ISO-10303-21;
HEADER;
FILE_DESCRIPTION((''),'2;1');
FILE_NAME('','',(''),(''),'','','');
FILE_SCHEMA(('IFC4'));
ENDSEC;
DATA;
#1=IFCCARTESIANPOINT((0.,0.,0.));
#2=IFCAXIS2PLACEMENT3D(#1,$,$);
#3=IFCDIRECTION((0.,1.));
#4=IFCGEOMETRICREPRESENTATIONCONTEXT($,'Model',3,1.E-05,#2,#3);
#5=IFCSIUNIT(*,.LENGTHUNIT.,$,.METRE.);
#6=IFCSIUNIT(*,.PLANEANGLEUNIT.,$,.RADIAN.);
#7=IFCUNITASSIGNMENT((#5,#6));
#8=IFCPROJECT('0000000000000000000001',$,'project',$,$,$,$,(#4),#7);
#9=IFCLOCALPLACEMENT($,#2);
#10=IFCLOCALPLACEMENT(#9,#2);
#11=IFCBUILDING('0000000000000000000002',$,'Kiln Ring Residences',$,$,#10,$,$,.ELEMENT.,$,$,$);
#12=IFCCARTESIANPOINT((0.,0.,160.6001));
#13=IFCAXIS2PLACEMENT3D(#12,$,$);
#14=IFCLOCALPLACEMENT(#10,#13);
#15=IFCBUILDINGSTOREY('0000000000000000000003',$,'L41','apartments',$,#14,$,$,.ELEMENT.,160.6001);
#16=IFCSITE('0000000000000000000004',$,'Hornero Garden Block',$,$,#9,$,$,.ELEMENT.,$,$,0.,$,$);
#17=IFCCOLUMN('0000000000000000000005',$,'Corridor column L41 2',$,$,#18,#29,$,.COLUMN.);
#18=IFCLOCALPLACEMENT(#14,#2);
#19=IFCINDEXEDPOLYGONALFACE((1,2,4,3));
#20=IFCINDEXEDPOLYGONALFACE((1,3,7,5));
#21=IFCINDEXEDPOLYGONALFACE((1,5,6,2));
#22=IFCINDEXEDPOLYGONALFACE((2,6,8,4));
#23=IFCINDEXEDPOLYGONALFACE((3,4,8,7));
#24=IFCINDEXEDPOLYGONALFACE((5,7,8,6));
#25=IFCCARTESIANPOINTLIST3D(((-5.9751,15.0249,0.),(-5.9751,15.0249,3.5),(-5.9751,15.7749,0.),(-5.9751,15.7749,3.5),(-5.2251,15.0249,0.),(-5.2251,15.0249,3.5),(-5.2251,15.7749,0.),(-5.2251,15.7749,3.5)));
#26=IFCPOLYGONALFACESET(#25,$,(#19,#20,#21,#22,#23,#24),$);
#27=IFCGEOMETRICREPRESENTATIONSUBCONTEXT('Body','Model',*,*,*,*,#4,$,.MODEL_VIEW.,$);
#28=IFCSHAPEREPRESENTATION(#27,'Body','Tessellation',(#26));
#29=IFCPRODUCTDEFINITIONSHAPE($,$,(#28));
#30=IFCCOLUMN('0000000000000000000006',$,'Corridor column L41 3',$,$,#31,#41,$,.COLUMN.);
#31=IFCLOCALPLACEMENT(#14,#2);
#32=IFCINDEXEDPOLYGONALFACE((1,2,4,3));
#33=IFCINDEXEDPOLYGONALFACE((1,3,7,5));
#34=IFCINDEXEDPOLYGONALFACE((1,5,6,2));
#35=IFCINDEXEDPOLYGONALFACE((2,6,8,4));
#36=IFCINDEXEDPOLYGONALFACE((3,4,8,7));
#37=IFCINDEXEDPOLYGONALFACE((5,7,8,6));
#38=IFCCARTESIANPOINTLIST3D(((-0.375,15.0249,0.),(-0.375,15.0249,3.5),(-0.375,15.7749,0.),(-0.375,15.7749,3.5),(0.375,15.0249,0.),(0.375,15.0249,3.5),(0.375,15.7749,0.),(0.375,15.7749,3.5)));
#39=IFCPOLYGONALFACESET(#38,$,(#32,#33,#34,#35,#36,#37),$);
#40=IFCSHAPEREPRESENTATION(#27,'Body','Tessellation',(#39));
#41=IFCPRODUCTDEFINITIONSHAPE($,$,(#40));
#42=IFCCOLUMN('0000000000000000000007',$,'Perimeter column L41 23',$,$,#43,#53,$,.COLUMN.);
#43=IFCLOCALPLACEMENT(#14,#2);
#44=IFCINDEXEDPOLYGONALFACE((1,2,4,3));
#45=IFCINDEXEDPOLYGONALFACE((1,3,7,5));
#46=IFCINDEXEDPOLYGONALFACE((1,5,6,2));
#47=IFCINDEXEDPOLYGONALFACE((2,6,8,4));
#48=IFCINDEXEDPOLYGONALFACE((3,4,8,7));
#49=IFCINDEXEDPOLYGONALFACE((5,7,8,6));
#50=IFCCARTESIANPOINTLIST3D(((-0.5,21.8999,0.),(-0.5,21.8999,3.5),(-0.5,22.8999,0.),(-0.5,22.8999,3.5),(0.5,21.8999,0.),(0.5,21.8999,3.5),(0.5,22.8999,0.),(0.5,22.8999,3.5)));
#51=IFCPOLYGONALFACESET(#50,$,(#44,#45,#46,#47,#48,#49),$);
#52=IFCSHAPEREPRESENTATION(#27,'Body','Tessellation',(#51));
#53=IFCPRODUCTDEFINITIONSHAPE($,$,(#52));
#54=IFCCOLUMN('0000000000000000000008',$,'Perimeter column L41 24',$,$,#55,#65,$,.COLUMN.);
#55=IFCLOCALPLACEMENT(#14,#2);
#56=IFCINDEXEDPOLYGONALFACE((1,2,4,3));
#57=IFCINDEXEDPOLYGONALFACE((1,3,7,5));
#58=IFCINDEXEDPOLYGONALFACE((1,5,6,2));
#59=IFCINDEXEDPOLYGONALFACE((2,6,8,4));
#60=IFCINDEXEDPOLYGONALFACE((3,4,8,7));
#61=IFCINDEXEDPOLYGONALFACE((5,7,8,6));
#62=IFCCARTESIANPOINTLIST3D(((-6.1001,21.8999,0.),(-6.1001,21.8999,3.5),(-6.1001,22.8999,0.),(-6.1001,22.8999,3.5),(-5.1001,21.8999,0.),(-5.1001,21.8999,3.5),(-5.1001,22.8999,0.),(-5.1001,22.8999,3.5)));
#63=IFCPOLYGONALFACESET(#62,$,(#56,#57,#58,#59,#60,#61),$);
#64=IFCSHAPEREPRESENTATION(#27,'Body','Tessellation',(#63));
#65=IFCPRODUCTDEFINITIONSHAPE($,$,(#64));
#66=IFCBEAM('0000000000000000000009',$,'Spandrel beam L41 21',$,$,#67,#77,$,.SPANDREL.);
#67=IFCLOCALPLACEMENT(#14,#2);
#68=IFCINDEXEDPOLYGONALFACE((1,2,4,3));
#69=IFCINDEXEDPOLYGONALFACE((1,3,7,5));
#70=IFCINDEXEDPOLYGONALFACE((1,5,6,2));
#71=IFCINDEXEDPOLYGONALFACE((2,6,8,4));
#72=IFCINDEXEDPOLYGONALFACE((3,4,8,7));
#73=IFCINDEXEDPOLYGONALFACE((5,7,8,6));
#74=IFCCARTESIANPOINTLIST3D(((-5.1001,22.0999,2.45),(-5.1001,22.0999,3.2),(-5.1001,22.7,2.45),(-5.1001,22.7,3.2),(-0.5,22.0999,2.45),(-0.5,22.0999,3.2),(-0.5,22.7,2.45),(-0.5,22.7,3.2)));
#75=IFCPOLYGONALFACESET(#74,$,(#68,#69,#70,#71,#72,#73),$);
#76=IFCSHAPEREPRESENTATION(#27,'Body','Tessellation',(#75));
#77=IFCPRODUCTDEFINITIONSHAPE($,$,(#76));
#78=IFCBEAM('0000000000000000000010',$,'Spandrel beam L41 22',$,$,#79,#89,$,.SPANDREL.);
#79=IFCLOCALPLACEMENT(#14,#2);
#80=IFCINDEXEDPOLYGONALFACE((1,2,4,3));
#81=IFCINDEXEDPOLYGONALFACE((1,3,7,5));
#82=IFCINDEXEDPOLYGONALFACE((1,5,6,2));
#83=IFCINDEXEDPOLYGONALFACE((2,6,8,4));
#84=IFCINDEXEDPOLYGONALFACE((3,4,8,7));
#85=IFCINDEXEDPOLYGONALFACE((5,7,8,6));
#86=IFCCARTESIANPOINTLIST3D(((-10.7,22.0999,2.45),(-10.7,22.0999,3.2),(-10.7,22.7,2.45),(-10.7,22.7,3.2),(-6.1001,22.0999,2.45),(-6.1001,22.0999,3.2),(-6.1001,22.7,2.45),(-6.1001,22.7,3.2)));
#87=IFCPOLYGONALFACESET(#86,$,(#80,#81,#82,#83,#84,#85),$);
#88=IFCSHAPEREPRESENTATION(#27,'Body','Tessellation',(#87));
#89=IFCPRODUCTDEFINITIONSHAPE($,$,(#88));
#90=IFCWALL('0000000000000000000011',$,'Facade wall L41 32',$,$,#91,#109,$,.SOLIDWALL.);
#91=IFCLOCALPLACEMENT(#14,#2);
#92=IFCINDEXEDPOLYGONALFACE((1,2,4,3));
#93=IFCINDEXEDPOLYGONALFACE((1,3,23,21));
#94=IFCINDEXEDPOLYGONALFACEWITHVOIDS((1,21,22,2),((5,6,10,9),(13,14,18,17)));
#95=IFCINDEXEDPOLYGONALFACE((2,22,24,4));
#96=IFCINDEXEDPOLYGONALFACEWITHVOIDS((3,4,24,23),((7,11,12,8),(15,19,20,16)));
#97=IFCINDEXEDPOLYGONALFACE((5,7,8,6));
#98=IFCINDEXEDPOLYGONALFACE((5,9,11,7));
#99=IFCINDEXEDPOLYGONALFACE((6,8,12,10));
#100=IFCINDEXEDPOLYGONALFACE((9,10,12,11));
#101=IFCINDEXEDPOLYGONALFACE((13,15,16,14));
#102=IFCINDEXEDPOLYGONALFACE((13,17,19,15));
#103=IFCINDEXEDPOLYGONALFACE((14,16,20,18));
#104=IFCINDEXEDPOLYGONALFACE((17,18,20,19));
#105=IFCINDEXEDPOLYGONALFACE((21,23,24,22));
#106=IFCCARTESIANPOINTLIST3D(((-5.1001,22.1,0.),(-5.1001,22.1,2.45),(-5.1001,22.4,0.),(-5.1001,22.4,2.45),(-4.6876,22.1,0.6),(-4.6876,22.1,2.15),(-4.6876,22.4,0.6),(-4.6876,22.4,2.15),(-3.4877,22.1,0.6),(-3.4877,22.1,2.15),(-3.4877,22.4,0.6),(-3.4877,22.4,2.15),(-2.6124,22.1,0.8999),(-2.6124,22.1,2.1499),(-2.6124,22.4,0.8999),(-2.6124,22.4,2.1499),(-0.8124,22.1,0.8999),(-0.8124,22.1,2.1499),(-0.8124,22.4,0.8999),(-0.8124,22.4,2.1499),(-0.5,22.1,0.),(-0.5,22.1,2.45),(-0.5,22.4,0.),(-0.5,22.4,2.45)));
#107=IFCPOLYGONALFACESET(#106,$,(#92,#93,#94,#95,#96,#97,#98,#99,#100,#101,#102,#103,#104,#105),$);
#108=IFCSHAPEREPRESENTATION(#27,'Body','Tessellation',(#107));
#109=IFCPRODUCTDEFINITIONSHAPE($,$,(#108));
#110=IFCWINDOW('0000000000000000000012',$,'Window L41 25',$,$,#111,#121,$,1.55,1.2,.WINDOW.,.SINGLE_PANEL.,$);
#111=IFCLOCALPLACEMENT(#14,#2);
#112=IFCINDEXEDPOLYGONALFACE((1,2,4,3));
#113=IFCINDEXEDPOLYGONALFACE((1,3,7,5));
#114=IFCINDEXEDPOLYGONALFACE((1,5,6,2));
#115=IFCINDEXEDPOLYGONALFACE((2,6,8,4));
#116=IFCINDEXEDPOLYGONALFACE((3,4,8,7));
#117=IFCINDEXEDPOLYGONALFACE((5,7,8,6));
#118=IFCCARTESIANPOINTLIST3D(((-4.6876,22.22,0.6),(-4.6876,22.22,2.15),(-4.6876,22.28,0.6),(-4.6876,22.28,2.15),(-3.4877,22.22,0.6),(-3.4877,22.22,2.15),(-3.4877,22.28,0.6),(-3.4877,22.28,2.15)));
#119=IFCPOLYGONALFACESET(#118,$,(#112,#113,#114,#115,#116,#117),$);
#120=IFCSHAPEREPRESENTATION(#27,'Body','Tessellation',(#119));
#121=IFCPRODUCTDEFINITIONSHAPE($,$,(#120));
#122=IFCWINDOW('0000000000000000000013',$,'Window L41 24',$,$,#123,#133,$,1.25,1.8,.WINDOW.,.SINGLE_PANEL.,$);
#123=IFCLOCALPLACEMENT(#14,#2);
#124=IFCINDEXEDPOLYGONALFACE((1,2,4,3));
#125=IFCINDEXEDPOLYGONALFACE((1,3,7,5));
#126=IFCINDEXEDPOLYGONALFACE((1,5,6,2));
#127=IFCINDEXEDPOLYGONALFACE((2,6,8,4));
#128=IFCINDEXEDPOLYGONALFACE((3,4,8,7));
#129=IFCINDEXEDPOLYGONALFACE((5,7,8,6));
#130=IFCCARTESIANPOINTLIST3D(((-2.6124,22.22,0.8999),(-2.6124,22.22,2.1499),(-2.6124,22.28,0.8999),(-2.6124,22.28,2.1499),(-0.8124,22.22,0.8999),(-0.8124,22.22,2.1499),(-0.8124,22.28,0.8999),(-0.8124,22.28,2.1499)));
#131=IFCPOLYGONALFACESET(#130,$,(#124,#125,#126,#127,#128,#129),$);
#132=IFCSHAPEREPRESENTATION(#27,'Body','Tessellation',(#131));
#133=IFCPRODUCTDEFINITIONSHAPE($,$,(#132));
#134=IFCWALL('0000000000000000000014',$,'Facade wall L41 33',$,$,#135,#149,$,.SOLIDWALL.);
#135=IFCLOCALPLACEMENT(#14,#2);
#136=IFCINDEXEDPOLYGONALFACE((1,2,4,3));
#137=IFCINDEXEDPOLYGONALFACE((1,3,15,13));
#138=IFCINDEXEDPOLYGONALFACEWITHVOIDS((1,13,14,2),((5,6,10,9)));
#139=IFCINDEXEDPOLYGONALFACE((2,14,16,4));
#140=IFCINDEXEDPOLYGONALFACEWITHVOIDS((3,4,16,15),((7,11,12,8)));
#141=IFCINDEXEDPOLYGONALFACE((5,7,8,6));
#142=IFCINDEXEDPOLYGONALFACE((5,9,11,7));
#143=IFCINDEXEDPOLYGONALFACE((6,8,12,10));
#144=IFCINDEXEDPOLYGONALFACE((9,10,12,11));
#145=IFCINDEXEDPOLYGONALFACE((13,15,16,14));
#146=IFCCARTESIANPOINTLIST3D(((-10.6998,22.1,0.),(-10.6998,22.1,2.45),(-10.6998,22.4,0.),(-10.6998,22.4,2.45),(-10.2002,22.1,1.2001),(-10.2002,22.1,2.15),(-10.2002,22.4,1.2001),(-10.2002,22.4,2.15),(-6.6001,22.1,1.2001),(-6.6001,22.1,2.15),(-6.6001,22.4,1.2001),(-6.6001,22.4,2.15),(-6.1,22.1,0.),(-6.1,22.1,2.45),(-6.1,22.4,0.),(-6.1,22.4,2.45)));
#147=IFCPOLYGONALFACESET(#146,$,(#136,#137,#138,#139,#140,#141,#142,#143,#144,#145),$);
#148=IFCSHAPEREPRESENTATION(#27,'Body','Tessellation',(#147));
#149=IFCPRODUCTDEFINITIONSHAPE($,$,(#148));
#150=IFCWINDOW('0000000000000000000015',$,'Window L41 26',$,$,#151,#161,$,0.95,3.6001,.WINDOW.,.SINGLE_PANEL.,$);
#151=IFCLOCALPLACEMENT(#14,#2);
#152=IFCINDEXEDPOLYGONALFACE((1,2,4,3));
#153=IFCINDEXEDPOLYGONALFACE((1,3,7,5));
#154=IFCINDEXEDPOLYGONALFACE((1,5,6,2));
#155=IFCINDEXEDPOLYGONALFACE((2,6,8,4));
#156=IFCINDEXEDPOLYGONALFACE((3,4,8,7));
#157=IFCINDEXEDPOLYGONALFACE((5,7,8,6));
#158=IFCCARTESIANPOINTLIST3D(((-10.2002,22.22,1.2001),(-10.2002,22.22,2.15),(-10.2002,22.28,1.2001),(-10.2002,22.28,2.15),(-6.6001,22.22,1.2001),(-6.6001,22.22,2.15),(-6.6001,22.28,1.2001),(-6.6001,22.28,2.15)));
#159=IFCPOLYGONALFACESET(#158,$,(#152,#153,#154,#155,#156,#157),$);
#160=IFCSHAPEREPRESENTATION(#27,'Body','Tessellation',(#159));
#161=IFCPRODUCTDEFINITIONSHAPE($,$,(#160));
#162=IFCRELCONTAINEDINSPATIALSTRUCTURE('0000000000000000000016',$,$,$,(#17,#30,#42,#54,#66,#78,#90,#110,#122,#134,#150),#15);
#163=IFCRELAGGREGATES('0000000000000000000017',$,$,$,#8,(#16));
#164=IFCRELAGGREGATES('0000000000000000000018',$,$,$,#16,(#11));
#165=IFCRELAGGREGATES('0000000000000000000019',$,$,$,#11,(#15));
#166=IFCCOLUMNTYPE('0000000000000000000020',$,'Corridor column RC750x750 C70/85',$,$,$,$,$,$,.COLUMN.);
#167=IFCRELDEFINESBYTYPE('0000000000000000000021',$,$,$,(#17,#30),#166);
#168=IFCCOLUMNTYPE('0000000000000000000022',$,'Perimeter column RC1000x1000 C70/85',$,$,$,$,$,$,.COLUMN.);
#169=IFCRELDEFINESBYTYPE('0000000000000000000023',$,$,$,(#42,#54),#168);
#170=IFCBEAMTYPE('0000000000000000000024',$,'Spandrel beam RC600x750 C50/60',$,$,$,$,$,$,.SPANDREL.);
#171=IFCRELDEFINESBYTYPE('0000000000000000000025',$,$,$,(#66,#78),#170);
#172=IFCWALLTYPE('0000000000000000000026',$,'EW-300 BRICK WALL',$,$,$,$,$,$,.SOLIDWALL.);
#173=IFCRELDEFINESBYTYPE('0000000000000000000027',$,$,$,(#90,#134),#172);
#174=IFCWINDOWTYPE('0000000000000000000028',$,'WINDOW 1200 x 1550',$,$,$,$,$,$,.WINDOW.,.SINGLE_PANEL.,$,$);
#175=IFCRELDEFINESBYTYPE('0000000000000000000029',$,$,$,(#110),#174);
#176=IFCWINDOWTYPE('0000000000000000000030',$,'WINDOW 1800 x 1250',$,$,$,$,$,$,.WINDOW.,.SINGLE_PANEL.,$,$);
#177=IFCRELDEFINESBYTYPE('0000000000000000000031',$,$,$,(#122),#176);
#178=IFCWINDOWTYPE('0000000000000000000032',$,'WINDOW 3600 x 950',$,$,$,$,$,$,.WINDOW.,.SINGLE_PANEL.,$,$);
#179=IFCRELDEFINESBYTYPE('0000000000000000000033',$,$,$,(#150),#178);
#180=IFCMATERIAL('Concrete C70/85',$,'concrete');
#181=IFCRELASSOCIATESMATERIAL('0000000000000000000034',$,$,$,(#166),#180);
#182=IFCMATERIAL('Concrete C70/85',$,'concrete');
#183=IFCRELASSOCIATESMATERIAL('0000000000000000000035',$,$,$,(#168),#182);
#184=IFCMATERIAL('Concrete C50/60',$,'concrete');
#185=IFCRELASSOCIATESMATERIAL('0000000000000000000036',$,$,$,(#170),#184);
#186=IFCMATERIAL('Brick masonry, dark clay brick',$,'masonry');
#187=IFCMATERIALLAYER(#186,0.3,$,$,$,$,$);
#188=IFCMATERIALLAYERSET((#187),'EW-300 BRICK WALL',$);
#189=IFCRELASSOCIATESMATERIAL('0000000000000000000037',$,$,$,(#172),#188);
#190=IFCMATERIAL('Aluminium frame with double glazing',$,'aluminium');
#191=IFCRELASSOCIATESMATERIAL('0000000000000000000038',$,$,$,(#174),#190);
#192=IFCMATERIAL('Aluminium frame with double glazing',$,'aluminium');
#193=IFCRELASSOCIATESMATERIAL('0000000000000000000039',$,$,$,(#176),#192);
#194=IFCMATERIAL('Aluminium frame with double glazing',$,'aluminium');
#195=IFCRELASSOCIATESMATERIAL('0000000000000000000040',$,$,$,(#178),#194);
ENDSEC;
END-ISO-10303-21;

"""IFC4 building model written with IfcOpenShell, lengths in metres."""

from ifc_helpers import new_model, si_unit, direction, frame, frame_2d, origin, origin_2d, place, context, subcontext, project, spatial, rectangle, extrude, material, layer, layer_set, material_profile, profile_set, type_object, element, fill, save


model = new_model("IFC4")

# Units and contexts
model_context = context("Model", 3, precision=1e-05, world=origin(), true_north=direction((0.0, 1.0)))
body_context = subcontext(model_context, "Body", "Model", "MODEL_VIEW")
ifc_project = project(units=[si_unit("LENGTHUNIT", "METRE"), si_unit("PLANEANGLEUNIT", "RADIAN")], contexts=[model_context])

# Site, building, storey
site_placement = place(None, origin())
site = spatial("IfcSite", under=ifc_project, at=site_placement, Name="Hornero Garden Block", CompositionType="ELEMENT", RefElevation=0.0)
building_placement = place(site_placement, origin())
building = spatial("IfcBuilding", under=site, at=building_placement, Name="Kiln Ring Residences", CompositionType="ELEMENT")
storey_placement = place(building_placement, frame((0.0, 0.0, 160.6001)))
storey = spatial("IfcBuildingStorey", under=building, at=storey_placement, Name="L41", Description="apartments", CompositionType="ELEMENT", Elevation=160.6001)

# Columns
ifc_material_1 = material(Name="Concrete C70/85", Category="concrete")
ifc_material_profile_1 = material_profile(ifc_material_1, rectangle(XDim=0.75, YDim=0.75, at=origin_2d()), Name="RC750x750")
ifc_profile_set_1 = profile_set([ifc_material_profile_1], Name="Concrete C70/85")
column_type_1 = type_object("IfcColumnType", Name="Corridor column RC750x750 C70/85", PredefinedType="COLUMN", material=ifc_profile_set_1)
for number, where, z_axis, x_axis, name in (
    (1, (-5.6001, 15.3999, 0.0), (0.0, 0.0, 1.0), (1.0, 0.0, 0.0), "Corridor column L41 2"),
    (2, (0.0, 15.3999, 0.0), (0.0, 0.0, 1.0), (1.0, 0.0, 0.0), "Corridor column L41 3"),
):
    element("IfcColumn", number, at=place(storey_placement, frame(where, z_axis=z_axis, x_axis=x_axis)), inside=storey, type_object=column_type_1, Name=name, PredefinedType="COLUMN", context=body_context, shape_type="SweptSolid", body=[
        extrude(rectangle(XDim=0.75, YDim=0.75, at=origin_2d()), origin(), (0.0, 0.0, 1.0), 3.5),
    ])
ifc_material_2 = material(Name="Concrete C70/85", Category="concrete")
ifc_material_profile_2 = material_profile(ifc_material_2, rectangle(XDim=1.0, YDim=1.0, at=origin_2d()), Name="RC1000x1000")
ifc_profile_set_2 = profile_set([ifc_material_profile_2], Name="Concrete C70/85")
column_type_2 = type_object("IfcColumnType", Name="Perimeter column RC1000x1000 C70/85", PredefinedType="COLUMN", material=ifc_profile_set_2)
for number, where, z_axis, x_axis, name in (
    (3, (0.0, 22.3999, 0.0), (0.0, 0.0, 1.0), (1.0, 0.0, 0.0), "Perimeter column L41 23"),
    (4, (-5.6001, 22.3999, 0.0), (0.0, 0.0, 1.0), (1.0, 0.0, 0.0), "Perimeter column L41 24"),
):
    element("IfcColumn", number, at=place(storey_placement, frame(where, z_axis=z_axis, x_axis=x_axis)), inside=storey, type_object=column_type_2, Name=name, PredefinedType="COLUMN", context=body_context, shape_type="SweptSolid", body=[
        extrude(rectangle(XDim=1.0, YDim=1.0, at=origin_2d()), origin(), (0.0, 0.0, 1.0), 3.5),
    ])

# Beams
ifc_material_3 = material(Name="Concrete C50/60", Category="concrete")
ifc_material_profile_3 = material_profile(ifc_material_3, rectangle(XDim=0.6001, YDim=0.75, at=origin_2d()), Name="RC600x750")
ifc_profile_set_3 = profile_set([ifc_material_profile_3], Name="Concrete C50/60")
beam_type = type_object("IfcBeamType", Name="Spandrel beam RC600x750 C50/60", PredefinedType="SPANDREL", material=ifc_profile_set_3)
beam_1_placement = place(storey_placement, frame((-0.5, 22.3999, 2.825), z_axis=(-1.0, 0.0, 0.0), x_axis=(0.0, -1.0, 0.0)))
element("IfcBeam", 5, at=beam_1_placement, inside=storey, type_object=beam_type, Name="Spandrel beam L41 21", PredefinedType="SPANDREL", context=body_context, shape_type="SweptSolid", body=[
    extrude(rectangle(XDim=0.6001, YDim=0.75, at=origin_2d()), origin(), (0.0, 0.0, 1.0), 4.6001),
])
beam_2_placement = place(storey_placement, frame((-6.1001, 22.3999, 2.825), z_axis=(-1.0, 0.0, 0.0), x_axis=(0.0, -1.0, 0.0)))
element("IfcBeam", 6, at=beam_2_placement, inside=storey, type_object=beam_type, Name="Spandrel beam L41 22", PredefinedType="SPANDREL", context=body_context, shape_type="SweptSolid", body=[
    extrude(rectangle(XDim=0.6001, YDim=0.75, at=origin_2d()), origin(), (0.0, 0.0, 1.0), 4.5999),
])

# Wall, openings, windows
ifc_material_4 = material(Name="Brick masonry, dark clay brick", Category="masonry")
ifc_layer_1 = layer(ifc_material_4, 0.3)
ifc_layer_set_1 = layer_set([ifc_layer_1], Name="EW-300 BRICK WALL")
wall_type_1 = type_object("IfcWallType", Name="EW-300 BRICK WALL", PredefinedType="SOLIDWALL", material=ifc_layer_set_1)
wall_1_placement = place(storey_placement, frame((-0.5, 22.25, 0.0), z_axis=(0.0, 0.0, 1.0), x_axis=(-1.0, 0.0, 0.0)))
wall_1 = element("IfcWall", 7, at=wall_1_placement, inside=storey, type_object=wall_type_1, Name="Facade wall L41 32", PredefinedType="SOLIDWALL", context=body_context, shape_type="SweptSolid", body=[
    extrude(rectangle(XDim=4.6001, YDim=0.3, at=frame_2d((2.3, 0.0))), origin(), (0.0, 0.0, 1.0), 2.45),
])
opening_1_placement = place(wall_1_placement, frame((0.3125, 0.0, 0.8999)))
opening_1 = element("IfcOpeningElement", 8, at=opening_1_placement, cuts=wall_1, PredefinedType="OPENING", context=body_context, shape_type="SweptSolid", body=[
    extrude(rectangle(XDim=1.8, YDim=1.25, at=frame_2d((0.8999, 0.625))), frame((0.0, 0.1599, 0.0), z_axis=(0.0, -1.0, 0.0), x_axis=(1.0, 0.0, 0.0)), (0.0, 0.0, 1.0), 0.3201),
])
opening_2_placement = place(wall_1_placement, frame((2.9875, 0.0, 0.6001)))
opening_2 = element("IfcOpeningElement", 9, at=opening_2_placement, cuts=wall_1, PredefinedType="OPENING", context=body_context, shape_type="SweptSolid", body=[
    extrude(rectangle(XDim=1.2, YDim=1.55, at=frame_2d((0.6001, 0.7749))), frame((0.0, 0.1599, 0.0), z_axis=(0.0, -1.0, 0.0), x_axis=(1.0, 0.0, 0.0)), (0.0, 0.0, 1.0), 0.3201),
])
ifc_material_5 = material(Name="Aluminium frame with double glazing", Category="aluminium")
window_type_1 = type_object("IfcWindowType", Name="WINDOW 1200 x 1550", PartitioningType="SINGLE_PANEL", PredefinedType="WINDOW", material=ifc_material_5)
window_1_placement = place(opening_2_placement, origin())
window_1 = element("IfcWindow", 10, at=window_1_placement, inside=storey, type_object=window_type_1, Name="Window L41 25", OverallHeight=1.55, OverallWidth=1.2, PartitioningType="SINGLE_PANEL", PredefinedType="WINDOW", context=body_context, shape_type="SweptSolid", body=[
    extrude(rectangle(XDim=1.2, YDim=1.55, at=frame_2d((0.6001, 0.7749))), frame((0.0, 0.03, 0.0), z_axis=(0.0, -1.0, 0.0), x_axis=(1.0, 0.0, 0.0)), (0.0, 0.0, 1.0), 0.0601),
])
fill(opening_2, window_1)
ifc_material_6 = material(Name="Aluminium frame with double glazing", Category="aluminium")
window_type_2 = type_object("IfcWindowType", Name="WINDOW 1800 x 1250", PartitioningType="SINGLE_PANEL", PredefinedType="WINDOW", material=ifc_material_6)
window_2_placement = place(opening_1_placement, origin())
window_2 = element("IfcWindow", 11, at=window_2_placement, inside=storey, type_object=window_type_2, Name="Window L41 24", OverallHeight=1.25, OverallWidth=1.8, PartitioningType="SINGLE_PANEL", PredefinedType="WINDOW", context=body_context, shape_type="SweptSolid", body=[
    extrude(rectangle(XDim=1.8, YDim=1.25, at=frame_2d((0.8999, 0.625))), frame((0.0, 0.03, 0.0), z_axis=(0.0, -1.0, 0.0), x_axis=(1.0, 0.0, 0.0)), (0.0, 0.0, 1.0), 0.0601),
])
fill(opening_1, window_2)

# Wall, opening, window
wall_2_placement = place(storey_placement, frame((-6.1001, 22.25, 0.0), z_axis=(0.0, 0.0, 1.0), x_axis=(-1.0, 0.0, 0.0)))
wall_2 = element("IfcWall", 12, at=wall_2_placement, inside=storey, type_object=wall_type_1, Name="Facade wall L41 33", PredefinedType="SOLIDWALL", context=body_context, shape_type="SweptSolid", body=[
    extrude(rectangle(XDim=4.5999, YDim=0.3, at=frame_2d((2.2998, 0.0))), origin(), (0.0, 0.0, 1.0), 2.45),
])
opening_3_placement = place(wall_2_placement, frame((0.5, 0.0, 1.2)))
opening_3 = element("IfcOpeningElement", 13, at=opening_3_placement, cuts=wall_2, PredefinedType="OPENING", context=body_context, shape_type="SweptSolid", body=[
    extrude(rectangle(XDim=3.6001, YDim=0.95, at=frame_2d((1.8, 0.4751))), frame((0.0, 0.1599, 0.0), z_axis=(0.0, -1.0, 0.0), x_axis=(1.0, 0.0, 0.0)), (0.0, 0.0, 1.0), 0.3201),
])
ifc_material_7 = material(Name="Aluminium frame with double glazing", Category="aluminium")
window_type_3 = type_object("IfcWindowType", Name="WINDOW 3600 x 950", PartitioningType="SINGLE_PANEL", PredefinedType="WINDOW", material=ifc_material_7)
window_3_placement = place(opening_3_placement, origin())
window_3 = element("IfcWindow", 14, at=window_3_placement, inside=storey, type_object=window_type_3, Name="Window L41 26", OverallHeight=0.95, OverallWidth=3.6001, PartitioningType="SINGLE_PANEL", PredefinedType="WINDOW", context=body_context, shape_type="SweptSolid", body=[
    extrude(rectangle(XDim=3.6001, YDim=0.95, at=frame_2d((1.8, 0.4751))), frame((0.0, 0.03, 0.0), z_axis=(0.0, -1.0, 0.0), x_axis=(1.0, 0.0, 0.0)), (0.0, 0.0, 1.0), 0.0601),
])
fill(opening_3, window_3)

save(model, "model.ifc")
